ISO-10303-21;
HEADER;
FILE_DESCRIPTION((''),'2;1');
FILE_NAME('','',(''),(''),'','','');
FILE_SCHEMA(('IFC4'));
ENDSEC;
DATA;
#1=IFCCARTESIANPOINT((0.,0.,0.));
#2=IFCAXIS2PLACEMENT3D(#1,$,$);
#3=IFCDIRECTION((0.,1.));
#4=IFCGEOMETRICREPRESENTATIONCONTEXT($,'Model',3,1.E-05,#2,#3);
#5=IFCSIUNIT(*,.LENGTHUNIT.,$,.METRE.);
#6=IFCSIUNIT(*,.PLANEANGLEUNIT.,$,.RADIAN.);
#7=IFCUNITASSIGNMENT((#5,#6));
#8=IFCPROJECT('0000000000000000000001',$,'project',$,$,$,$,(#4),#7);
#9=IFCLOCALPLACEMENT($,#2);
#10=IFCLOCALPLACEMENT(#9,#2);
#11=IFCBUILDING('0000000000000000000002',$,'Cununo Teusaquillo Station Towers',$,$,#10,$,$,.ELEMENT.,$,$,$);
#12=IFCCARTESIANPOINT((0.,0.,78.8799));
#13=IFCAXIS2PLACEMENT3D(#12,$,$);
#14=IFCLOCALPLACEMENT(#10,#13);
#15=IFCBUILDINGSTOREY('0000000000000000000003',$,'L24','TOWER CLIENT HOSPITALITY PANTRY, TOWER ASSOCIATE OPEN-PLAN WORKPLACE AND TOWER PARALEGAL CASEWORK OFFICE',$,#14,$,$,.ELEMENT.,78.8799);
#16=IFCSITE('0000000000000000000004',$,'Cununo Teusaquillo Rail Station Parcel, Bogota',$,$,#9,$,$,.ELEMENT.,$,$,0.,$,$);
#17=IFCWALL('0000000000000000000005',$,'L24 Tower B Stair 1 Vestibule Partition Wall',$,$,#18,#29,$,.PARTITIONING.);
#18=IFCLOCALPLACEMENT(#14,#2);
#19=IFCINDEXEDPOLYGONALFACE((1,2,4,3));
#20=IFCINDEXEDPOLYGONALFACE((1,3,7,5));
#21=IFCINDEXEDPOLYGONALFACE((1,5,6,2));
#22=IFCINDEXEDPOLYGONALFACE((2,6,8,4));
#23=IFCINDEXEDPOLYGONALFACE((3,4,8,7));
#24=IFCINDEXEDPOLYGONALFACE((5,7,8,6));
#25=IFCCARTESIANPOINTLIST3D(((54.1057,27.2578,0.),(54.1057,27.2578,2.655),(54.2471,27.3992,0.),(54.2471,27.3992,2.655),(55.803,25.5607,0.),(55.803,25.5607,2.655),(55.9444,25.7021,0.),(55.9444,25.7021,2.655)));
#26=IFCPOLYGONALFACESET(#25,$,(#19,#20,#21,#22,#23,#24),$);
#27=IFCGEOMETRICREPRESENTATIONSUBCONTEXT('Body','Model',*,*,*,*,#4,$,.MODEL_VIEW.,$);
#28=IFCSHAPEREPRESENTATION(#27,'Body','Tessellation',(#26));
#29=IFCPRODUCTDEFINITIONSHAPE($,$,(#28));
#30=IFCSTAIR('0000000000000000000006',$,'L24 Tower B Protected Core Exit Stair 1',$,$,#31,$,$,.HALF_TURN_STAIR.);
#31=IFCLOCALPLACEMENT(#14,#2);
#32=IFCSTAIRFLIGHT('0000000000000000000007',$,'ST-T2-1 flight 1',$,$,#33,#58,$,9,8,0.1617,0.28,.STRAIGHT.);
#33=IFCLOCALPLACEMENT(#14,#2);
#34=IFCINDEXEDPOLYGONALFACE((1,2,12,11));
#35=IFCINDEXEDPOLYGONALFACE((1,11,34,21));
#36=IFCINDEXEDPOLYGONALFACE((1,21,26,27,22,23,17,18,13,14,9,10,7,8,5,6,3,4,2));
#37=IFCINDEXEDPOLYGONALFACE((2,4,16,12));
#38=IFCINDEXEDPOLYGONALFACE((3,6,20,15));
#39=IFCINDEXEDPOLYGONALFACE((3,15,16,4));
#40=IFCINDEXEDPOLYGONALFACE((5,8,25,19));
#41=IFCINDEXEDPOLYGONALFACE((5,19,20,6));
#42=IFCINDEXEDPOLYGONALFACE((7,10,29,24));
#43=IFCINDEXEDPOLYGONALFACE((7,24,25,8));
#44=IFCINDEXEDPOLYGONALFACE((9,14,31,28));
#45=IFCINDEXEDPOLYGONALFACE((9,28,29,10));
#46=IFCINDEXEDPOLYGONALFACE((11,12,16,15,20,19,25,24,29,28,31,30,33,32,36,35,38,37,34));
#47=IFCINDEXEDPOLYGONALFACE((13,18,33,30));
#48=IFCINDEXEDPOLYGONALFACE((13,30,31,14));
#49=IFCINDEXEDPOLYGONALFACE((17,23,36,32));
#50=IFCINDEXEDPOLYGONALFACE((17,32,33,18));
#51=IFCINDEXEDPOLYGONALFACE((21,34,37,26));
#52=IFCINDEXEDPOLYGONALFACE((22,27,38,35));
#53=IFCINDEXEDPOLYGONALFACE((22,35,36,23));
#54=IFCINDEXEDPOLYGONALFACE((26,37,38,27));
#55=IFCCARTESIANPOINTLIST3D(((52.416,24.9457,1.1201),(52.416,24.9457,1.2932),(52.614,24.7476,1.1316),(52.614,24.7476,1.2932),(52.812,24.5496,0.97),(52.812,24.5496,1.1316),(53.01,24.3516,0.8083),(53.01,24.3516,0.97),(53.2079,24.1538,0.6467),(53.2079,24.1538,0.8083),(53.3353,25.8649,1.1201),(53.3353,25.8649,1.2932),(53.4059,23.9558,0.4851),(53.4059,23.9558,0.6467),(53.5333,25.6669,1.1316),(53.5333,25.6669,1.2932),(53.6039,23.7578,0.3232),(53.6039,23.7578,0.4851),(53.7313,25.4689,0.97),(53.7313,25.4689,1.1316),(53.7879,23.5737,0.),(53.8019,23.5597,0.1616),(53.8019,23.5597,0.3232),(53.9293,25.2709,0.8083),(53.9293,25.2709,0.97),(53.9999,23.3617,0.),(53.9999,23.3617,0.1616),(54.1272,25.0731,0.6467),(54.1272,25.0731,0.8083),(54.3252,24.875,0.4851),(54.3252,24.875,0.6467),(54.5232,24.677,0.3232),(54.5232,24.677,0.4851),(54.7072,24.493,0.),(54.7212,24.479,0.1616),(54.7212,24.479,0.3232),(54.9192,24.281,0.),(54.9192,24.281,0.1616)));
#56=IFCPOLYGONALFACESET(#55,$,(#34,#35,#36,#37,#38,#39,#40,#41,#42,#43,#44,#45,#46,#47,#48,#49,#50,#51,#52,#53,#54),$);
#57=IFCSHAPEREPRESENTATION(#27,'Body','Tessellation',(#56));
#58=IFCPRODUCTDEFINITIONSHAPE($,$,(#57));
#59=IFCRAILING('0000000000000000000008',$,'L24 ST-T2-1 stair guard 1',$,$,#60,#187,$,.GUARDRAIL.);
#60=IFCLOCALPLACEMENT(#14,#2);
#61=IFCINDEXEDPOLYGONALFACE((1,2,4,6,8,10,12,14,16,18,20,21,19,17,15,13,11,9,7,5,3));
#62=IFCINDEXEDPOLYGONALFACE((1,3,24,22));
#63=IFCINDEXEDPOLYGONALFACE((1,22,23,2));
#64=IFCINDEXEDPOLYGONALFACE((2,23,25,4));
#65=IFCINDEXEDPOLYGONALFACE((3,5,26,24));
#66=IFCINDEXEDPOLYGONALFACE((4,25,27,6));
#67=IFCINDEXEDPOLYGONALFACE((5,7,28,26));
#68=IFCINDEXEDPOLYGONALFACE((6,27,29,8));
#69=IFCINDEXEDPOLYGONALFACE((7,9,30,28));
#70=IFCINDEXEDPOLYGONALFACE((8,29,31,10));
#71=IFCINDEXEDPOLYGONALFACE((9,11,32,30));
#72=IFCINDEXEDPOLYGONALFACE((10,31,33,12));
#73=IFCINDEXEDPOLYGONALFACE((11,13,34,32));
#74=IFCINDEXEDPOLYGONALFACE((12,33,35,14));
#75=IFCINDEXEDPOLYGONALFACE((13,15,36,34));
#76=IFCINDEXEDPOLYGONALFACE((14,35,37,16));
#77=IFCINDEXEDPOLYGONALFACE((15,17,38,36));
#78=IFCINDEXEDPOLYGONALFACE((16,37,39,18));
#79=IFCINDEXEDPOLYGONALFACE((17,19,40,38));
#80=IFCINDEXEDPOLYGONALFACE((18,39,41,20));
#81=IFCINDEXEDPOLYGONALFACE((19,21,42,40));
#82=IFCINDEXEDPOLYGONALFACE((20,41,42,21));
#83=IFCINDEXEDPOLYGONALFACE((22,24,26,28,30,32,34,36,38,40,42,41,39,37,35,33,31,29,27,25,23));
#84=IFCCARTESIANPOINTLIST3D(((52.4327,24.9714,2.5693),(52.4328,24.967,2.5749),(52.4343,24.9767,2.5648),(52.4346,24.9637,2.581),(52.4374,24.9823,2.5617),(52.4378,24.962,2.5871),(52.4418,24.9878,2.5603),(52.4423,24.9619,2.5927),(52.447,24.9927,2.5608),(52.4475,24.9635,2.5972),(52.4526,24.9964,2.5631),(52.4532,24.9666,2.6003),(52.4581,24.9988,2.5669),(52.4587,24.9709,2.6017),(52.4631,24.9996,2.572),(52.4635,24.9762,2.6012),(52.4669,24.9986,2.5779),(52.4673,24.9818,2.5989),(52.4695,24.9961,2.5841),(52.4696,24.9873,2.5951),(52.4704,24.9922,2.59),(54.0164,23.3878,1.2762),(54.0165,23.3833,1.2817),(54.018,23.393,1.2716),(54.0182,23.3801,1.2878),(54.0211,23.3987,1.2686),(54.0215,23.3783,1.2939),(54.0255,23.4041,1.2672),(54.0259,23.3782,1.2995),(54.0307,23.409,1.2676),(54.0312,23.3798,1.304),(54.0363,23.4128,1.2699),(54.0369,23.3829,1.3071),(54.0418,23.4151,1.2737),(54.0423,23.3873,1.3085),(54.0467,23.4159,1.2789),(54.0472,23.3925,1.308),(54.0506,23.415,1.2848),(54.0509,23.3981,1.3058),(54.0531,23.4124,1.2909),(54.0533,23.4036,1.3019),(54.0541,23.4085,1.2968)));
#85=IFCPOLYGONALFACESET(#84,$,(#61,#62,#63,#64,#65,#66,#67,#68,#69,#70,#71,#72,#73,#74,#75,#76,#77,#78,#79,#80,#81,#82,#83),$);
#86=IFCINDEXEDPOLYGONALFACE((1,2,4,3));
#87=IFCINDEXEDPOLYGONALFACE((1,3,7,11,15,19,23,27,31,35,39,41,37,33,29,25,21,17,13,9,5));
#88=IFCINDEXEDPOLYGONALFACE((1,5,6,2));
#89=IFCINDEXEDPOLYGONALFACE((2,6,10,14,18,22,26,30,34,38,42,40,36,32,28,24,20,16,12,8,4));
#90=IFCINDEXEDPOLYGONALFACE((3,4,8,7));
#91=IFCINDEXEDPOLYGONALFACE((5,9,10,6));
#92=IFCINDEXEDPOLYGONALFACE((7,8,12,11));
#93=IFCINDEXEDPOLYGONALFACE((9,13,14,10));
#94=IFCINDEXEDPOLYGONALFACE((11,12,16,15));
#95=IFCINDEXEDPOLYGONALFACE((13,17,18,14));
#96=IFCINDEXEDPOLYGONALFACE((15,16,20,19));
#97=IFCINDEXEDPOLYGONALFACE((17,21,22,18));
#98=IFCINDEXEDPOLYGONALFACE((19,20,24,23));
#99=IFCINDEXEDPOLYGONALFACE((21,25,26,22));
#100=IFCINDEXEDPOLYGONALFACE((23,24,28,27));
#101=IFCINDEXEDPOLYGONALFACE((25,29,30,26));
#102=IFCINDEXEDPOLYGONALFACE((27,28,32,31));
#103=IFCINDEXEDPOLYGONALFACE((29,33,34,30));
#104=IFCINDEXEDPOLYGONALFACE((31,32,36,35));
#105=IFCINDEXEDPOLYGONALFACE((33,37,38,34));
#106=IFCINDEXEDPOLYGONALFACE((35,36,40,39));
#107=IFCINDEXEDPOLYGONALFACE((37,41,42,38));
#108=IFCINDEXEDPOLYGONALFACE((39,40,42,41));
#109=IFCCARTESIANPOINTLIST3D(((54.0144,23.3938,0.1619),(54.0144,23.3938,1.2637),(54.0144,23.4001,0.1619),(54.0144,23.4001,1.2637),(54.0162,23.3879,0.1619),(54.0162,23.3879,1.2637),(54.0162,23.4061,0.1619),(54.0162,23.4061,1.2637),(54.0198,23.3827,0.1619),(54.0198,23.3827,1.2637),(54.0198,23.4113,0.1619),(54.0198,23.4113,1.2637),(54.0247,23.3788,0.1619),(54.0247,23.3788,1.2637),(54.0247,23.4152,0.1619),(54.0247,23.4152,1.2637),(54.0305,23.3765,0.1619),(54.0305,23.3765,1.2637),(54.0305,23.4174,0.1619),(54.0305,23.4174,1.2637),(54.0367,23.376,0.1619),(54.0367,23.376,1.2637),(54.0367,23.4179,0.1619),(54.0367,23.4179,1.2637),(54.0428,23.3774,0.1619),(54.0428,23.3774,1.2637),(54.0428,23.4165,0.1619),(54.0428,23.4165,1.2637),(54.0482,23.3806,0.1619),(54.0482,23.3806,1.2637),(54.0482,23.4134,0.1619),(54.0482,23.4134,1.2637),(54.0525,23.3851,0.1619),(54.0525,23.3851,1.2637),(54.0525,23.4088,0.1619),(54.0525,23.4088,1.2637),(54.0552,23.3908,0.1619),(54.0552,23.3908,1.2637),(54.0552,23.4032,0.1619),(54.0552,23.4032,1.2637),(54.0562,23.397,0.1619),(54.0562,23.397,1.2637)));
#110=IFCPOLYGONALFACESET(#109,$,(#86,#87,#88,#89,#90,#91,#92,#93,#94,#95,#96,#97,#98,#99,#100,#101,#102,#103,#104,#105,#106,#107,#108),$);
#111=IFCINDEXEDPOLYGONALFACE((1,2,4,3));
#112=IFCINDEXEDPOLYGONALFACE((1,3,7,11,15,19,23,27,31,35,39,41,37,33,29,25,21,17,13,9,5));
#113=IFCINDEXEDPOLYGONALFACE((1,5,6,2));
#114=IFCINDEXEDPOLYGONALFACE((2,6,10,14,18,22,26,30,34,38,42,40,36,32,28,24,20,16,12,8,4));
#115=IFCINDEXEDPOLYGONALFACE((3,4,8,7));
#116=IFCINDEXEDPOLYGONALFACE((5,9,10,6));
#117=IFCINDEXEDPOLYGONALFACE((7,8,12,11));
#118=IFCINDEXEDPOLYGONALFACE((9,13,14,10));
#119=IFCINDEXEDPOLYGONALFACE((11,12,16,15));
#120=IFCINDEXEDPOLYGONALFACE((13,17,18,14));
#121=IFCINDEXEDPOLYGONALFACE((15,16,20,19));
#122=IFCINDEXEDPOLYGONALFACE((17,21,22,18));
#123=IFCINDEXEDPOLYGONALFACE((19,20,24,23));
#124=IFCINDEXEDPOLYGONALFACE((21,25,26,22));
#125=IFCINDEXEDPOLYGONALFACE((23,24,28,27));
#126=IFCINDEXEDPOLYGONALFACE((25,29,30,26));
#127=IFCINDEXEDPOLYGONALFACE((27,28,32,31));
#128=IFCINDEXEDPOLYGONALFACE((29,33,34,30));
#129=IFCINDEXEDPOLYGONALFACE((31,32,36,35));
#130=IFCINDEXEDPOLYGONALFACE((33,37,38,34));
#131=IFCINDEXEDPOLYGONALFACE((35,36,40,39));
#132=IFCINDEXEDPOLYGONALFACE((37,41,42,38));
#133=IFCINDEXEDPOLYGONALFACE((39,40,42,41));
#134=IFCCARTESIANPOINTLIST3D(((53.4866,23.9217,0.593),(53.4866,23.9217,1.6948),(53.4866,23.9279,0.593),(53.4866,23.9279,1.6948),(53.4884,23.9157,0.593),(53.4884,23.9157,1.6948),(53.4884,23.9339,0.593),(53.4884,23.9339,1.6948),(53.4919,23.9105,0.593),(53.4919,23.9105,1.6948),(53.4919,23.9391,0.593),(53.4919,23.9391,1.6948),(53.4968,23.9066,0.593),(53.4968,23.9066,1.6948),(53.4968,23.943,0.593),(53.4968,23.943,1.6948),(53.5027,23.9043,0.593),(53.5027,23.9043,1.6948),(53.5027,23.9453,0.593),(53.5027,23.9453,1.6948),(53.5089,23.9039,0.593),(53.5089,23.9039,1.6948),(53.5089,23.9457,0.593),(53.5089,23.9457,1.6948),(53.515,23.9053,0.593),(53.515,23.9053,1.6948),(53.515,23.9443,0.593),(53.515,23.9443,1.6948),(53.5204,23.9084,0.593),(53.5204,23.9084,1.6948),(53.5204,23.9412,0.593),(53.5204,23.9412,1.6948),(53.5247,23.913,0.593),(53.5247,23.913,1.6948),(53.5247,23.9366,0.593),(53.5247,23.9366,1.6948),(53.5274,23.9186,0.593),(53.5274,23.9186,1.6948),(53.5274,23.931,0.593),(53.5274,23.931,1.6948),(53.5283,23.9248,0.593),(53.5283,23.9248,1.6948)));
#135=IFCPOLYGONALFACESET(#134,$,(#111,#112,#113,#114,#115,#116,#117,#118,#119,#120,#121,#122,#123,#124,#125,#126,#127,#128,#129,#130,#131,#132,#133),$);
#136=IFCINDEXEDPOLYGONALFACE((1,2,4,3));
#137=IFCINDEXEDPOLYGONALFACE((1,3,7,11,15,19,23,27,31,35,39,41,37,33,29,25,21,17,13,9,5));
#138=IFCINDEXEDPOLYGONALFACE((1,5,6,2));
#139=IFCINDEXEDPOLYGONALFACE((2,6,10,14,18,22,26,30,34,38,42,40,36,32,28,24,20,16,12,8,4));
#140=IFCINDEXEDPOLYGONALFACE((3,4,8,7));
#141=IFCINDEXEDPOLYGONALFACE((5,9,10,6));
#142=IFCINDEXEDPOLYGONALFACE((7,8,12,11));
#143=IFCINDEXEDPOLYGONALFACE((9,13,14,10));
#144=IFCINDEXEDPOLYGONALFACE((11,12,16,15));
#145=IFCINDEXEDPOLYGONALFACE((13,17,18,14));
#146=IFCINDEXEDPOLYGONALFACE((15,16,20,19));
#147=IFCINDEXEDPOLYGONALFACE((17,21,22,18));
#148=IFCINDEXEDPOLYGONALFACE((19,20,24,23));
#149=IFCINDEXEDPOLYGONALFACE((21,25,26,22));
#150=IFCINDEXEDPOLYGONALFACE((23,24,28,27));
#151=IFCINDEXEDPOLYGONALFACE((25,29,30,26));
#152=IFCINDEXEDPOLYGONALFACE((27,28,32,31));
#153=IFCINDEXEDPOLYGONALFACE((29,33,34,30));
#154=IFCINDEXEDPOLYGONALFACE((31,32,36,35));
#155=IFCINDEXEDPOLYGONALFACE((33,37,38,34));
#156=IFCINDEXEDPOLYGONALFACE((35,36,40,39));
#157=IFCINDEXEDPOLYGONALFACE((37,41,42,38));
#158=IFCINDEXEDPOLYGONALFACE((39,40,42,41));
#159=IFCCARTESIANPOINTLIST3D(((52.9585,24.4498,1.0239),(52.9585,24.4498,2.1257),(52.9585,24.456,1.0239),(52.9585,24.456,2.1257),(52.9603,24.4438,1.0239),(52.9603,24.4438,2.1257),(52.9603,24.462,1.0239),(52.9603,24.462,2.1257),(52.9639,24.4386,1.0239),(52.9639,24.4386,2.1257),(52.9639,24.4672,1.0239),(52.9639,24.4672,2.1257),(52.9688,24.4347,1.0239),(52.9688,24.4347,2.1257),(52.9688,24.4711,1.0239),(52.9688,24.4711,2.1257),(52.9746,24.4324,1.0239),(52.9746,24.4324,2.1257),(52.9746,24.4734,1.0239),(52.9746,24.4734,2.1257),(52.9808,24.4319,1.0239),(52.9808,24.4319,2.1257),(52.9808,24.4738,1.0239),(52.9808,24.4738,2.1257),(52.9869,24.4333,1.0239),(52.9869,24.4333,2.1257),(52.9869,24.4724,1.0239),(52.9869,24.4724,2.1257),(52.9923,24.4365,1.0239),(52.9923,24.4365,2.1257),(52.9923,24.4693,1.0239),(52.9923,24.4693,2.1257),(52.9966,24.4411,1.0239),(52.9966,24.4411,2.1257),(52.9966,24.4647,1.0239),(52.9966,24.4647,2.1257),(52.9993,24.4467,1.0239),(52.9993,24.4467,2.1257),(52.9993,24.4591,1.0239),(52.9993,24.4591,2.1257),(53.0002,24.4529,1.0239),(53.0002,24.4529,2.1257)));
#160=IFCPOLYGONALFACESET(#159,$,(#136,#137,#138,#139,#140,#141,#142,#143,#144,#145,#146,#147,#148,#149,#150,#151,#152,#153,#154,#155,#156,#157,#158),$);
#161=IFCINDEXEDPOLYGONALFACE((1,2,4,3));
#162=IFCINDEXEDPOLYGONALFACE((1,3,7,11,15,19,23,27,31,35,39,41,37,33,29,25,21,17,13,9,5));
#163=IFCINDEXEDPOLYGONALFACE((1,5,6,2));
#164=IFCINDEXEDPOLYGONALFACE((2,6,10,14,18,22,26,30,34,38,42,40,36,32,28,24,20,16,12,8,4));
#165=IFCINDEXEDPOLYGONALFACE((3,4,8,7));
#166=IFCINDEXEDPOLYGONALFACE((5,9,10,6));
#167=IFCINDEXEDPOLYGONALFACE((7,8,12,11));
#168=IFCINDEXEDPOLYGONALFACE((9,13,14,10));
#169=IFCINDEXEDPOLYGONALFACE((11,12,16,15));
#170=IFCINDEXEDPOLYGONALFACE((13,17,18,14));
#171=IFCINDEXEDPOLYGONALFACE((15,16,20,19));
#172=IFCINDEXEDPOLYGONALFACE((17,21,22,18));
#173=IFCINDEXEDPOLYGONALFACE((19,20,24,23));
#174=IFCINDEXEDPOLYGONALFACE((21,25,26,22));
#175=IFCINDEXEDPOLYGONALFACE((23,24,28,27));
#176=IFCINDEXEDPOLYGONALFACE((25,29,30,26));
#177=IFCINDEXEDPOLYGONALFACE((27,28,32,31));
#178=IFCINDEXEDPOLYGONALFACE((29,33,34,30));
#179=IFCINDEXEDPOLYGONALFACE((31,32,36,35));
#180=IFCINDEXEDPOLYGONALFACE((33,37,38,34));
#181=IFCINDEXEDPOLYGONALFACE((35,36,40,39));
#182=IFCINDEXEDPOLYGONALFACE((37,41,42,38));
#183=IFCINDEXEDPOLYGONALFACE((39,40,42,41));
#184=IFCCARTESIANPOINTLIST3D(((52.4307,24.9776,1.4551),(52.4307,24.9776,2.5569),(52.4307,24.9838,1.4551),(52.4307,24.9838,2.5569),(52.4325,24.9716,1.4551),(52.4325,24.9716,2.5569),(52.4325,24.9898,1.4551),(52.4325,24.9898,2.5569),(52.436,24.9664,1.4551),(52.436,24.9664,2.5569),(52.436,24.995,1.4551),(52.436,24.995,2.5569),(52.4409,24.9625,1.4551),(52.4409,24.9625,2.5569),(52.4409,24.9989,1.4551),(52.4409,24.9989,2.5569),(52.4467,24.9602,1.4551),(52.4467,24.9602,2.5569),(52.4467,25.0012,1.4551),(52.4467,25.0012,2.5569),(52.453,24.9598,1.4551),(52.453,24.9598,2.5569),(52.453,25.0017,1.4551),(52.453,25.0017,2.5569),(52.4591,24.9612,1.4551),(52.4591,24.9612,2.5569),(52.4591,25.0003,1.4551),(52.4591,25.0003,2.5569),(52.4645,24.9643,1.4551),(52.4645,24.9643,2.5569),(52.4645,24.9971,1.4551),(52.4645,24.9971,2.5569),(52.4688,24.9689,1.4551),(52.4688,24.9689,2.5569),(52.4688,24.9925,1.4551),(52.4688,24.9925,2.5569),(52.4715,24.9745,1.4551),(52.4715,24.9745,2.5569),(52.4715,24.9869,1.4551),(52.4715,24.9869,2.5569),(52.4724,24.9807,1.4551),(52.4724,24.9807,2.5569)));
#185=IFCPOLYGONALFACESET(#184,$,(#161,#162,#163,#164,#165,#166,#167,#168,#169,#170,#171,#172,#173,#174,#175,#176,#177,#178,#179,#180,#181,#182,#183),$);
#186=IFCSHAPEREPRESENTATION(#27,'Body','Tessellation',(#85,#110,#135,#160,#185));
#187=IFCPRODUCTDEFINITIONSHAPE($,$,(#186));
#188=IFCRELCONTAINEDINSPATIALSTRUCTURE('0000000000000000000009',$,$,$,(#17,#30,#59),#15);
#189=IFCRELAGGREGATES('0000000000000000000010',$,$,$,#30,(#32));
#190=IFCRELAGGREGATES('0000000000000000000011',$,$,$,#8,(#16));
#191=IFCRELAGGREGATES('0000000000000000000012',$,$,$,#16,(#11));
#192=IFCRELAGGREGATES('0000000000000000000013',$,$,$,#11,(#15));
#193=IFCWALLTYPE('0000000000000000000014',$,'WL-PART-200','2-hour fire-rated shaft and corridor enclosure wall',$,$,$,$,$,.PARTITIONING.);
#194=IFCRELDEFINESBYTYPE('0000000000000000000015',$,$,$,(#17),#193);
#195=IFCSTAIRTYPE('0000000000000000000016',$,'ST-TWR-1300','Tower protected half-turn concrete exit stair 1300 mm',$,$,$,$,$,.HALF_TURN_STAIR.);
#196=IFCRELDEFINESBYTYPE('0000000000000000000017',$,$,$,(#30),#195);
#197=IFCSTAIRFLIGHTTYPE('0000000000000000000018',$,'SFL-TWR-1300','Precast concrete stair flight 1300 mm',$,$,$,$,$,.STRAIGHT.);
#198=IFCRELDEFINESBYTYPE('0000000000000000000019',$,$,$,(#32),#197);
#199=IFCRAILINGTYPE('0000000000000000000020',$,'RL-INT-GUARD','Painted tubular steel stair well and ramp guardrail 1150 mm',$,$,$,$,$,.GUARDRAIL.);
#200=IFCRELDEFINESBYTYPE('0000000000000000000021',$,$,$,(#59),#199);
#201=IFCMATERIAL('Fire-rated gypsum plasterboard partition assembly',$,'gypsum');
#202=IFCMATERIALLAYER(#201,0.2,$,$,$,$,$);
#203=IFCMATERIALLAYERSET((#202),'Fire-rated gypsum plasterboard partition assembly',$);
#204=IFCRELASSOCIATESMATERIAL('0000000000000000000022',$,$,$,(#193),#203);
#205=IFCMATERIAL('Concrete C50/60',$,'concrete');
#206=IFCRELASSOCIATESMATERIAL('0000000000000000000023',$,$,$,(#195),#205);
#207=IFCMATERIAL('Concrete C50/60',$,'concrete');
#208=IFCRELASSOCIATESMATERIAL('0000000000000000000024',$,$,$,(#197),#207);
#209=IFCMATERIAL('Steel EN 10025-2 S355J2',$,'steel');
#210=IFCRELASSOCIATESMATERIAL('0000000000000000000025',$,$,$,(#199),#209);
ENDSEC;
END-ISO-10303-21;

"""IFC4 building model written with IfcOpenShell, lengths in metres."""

from ifc_helpers import new_model, si_unit, direction, frame, frame_2d, origin, origin_2d, place, context, subcontext, project, spatial, polyline, rectangle, circle, outline, extrude, material, layer, layer_set, type_object, element, aggregate, save


model = new_model("IFC4")

# Units and contexts
model_context = context("Model", 3, precision=1e-05, world=origin(), true_north=direction((0.0, 1.0)))
body_context = subcontext(model_context, "Body", "Model", "MODEL_VIEW")
ifc_project = project(units=[si_unit("LENGTHUNIT", "METRE"), si_unit("PLANEANGLEUNIT", "RADIAN")], contexts=[model_context])

# Site, building, storey
site_placement = place(None, origin())
site = spatial("IfcSite", under=ifc_project, at=site_placement, Name="Cununo Teusaquillo Rail Station Parcel, Bogota", CompositionType="ELEMENT", RefElevation=0.0)
building_placement = place(site_placement, origin())
building = spatial("IfcBuilding", under=site, at=building_placement, Name="Cununo Teusaquillo Station Towers", CompositionType="ELEMENT")
storey_placement = place(building_placement, frame((0.0, 0.0, 78.8799)))
storey = spatial("IfcBuildingStorey", under=building, at=storey_placement, Name="L24", Description="TOWER CLIENT HOSPITALITY PANTRY, TOWER ASSOCIATE OPEN-PLAN WORKPLACE AND TOWER PARALEGAL CASEWORK OFFICE", CompositionType="ELEMENT", Elevation=78.8799)

# Shared definitions
ifc_material_1 = material(Name="Fire-rated gypsum plasterboard partition assembly", Category="gypsum")
ifc_layer_1 = layer(ifc_material_1, 0.2)
ifc_layer_set_1 = layer_set([ifc_layer_1], Name="Fire-rated gypsum plasterboard partition assembly")
wall_type_1 = type_object("IfcWallType", Name="WL-PART-200", Description="2-hour fire-rated shaft and corridor enclosure wall", PredefinedType="PARTITIONING", material=ifc_layer_set_1)

# Wall
wall_1_placement = place(storey_placement, frame((55.8738, 25.6313, 0.0), z_axis=(0.0, 0.0, 1.0), x_axis=(-0.707158, 0.707056, 0.0)))
element("IfcWall", 1, at=wall_1_placement, inside=storey, type_object=wall_type_1, Name="L24 Tower B Stair 1 Vestibule Partition Wall", PredefinedType="PARTITIONING", context=body_context, shape_type="SweptSolid", body=[
    extrude(rectangle(XDim=2.4001, YDim=0.2, at=frame_2d((1.2002, 0.0))), origin(), (0.0, 0.0, 1.0), 2.655),
])

# Stair, stair flight
ifc_material_2 = material(Name="Concrete C50/60", Category="concrete")
stair_type = type_object("IfcStairType", Name="ST-TWR-1300", Description="Tower protected half-turn concrete exit stair 1300 mm", PredefinedType="HALF_TURN_STAIR", material=ifc_material_2)
stair_placement = place(storey_placement, origin())
stair = element("IfcStair", 2, at=stair_placement, inside=storey, type_object=stair_type, Name="L24 Tower B Protected Core Exit Stair 1", PredefinedType="HALF_TURN_STAIR")
ifc_material_3 = material(Name="Concrete C50/60", Category="concrete")
stair_flight_type = type_object("IfcStairFlightType", Name="SFL-TWR-1300", Description="Precast concrete stair flight 1300 mm", PredefinedType="STRAIGHT", material=ifc_material_3)
stair_flight_placement = place(storey_placement, frame((54.4595, 23.8213, 0.0), z_axis=(0.0, 0.0, 1.0), x_axis=(-0.707107, 0.707107, 0.0)))
stair_flight = element("IfcStairFlight", 3, at=stair_flight_placement, type_object=stair_flight_type, Name="ST-T2-1 flight 1", NumberOfRisers=9, NumberOfTreads=8, PredefinedType="STRAIGHT", RiserHeight=0.1617, TreadLength=0.28, context=body_context, shape_type="SweptSolid", body=[
    extrude(outline(polyline([(0.0, 0.0), (0.0, 0.1616), (0.28, 0.1616), (0.28, 0.3232), (0.5601, 0.3232), (0.5601, 0.4851), (0.8401, 0.4851), (0.8401, 0.6467), (1.1201, 0.6467), (1.1201, 0.8083), (1.3999, 0.8083), (1.3999, 0.97), (1.6799, 0.97), (1.6799, 1.1316), (1.96, 1.1316), (1.96, 1.2932), (2.24, 1.2932), (2.24, 1.4551), (2.24, 1.1201), (0.2998, 0.0), (0.0, 0.0)])), frame((0.0, 0.6499, 0.0), z_axis=(0.0, -1.0, 0.0), x_axis=(1.0, 0.0, 0.0)), (0.0, 0.0, 1.0), 1.3),
])
aggregate(stair, [stair_flight])

# Railing
ifc_material_4 = material(Name="Steel EN 10025-2 S355J2", Category="steel")
railing_type_1 = type_object("IfcRailingType", Name="RL-INT-GUARD", Description="Painted tubular steel stair well and ramp guardrail 1150 mm", PredefinedType="GUARDRAIL", material=ifc_material_4)
railing_1_placement = place(storey_placement, frame((54.0352, 23.397, 0.1619)))
element("IfcRailing", 4, at=railing_1_placement, inside=storey, type_object=railing_type_1, Name="L24 ST-T2-1 stair guard 1", PredefinedType="GUARDRAIL", context=body_context, shape_type="SweptSolid", body=[
    extrude(circle(Radius=0.0239, at=origin_2d()), frame((0.0, 0.0, 1.126), z_axis=(-0.612361, 0.612361, 0.500027), x_axis=(-0.707107, -0.707107, 0.0)), (0.0, 0.0, 1.0), 2.5862),
    extrude(circle(Radius=0.021, at=origin_2d()), origin(), (0.0, 0.0, 1.0), 1.1018),
    extrude(circle(Radius=0.021, at=origin_2d()), frame((-0.5278, 0.5278, 0.4312)), (0.0, 0.0, 1.0), 1.1018),
    extrude(circle(Radius=0.021, at=origin_2d()), frame((-1.0559, 1.0559, 0.8621)), (0.0, 0.0, 1.0), 1.1018),
    extrude(circle(Radius=0.021, at=origin_2d()), frame((-1.5837, 1.5837, 1.2932)), (0.0, 0.0, 1.0), 1.1018),
])

save(model, "model.ifc")
